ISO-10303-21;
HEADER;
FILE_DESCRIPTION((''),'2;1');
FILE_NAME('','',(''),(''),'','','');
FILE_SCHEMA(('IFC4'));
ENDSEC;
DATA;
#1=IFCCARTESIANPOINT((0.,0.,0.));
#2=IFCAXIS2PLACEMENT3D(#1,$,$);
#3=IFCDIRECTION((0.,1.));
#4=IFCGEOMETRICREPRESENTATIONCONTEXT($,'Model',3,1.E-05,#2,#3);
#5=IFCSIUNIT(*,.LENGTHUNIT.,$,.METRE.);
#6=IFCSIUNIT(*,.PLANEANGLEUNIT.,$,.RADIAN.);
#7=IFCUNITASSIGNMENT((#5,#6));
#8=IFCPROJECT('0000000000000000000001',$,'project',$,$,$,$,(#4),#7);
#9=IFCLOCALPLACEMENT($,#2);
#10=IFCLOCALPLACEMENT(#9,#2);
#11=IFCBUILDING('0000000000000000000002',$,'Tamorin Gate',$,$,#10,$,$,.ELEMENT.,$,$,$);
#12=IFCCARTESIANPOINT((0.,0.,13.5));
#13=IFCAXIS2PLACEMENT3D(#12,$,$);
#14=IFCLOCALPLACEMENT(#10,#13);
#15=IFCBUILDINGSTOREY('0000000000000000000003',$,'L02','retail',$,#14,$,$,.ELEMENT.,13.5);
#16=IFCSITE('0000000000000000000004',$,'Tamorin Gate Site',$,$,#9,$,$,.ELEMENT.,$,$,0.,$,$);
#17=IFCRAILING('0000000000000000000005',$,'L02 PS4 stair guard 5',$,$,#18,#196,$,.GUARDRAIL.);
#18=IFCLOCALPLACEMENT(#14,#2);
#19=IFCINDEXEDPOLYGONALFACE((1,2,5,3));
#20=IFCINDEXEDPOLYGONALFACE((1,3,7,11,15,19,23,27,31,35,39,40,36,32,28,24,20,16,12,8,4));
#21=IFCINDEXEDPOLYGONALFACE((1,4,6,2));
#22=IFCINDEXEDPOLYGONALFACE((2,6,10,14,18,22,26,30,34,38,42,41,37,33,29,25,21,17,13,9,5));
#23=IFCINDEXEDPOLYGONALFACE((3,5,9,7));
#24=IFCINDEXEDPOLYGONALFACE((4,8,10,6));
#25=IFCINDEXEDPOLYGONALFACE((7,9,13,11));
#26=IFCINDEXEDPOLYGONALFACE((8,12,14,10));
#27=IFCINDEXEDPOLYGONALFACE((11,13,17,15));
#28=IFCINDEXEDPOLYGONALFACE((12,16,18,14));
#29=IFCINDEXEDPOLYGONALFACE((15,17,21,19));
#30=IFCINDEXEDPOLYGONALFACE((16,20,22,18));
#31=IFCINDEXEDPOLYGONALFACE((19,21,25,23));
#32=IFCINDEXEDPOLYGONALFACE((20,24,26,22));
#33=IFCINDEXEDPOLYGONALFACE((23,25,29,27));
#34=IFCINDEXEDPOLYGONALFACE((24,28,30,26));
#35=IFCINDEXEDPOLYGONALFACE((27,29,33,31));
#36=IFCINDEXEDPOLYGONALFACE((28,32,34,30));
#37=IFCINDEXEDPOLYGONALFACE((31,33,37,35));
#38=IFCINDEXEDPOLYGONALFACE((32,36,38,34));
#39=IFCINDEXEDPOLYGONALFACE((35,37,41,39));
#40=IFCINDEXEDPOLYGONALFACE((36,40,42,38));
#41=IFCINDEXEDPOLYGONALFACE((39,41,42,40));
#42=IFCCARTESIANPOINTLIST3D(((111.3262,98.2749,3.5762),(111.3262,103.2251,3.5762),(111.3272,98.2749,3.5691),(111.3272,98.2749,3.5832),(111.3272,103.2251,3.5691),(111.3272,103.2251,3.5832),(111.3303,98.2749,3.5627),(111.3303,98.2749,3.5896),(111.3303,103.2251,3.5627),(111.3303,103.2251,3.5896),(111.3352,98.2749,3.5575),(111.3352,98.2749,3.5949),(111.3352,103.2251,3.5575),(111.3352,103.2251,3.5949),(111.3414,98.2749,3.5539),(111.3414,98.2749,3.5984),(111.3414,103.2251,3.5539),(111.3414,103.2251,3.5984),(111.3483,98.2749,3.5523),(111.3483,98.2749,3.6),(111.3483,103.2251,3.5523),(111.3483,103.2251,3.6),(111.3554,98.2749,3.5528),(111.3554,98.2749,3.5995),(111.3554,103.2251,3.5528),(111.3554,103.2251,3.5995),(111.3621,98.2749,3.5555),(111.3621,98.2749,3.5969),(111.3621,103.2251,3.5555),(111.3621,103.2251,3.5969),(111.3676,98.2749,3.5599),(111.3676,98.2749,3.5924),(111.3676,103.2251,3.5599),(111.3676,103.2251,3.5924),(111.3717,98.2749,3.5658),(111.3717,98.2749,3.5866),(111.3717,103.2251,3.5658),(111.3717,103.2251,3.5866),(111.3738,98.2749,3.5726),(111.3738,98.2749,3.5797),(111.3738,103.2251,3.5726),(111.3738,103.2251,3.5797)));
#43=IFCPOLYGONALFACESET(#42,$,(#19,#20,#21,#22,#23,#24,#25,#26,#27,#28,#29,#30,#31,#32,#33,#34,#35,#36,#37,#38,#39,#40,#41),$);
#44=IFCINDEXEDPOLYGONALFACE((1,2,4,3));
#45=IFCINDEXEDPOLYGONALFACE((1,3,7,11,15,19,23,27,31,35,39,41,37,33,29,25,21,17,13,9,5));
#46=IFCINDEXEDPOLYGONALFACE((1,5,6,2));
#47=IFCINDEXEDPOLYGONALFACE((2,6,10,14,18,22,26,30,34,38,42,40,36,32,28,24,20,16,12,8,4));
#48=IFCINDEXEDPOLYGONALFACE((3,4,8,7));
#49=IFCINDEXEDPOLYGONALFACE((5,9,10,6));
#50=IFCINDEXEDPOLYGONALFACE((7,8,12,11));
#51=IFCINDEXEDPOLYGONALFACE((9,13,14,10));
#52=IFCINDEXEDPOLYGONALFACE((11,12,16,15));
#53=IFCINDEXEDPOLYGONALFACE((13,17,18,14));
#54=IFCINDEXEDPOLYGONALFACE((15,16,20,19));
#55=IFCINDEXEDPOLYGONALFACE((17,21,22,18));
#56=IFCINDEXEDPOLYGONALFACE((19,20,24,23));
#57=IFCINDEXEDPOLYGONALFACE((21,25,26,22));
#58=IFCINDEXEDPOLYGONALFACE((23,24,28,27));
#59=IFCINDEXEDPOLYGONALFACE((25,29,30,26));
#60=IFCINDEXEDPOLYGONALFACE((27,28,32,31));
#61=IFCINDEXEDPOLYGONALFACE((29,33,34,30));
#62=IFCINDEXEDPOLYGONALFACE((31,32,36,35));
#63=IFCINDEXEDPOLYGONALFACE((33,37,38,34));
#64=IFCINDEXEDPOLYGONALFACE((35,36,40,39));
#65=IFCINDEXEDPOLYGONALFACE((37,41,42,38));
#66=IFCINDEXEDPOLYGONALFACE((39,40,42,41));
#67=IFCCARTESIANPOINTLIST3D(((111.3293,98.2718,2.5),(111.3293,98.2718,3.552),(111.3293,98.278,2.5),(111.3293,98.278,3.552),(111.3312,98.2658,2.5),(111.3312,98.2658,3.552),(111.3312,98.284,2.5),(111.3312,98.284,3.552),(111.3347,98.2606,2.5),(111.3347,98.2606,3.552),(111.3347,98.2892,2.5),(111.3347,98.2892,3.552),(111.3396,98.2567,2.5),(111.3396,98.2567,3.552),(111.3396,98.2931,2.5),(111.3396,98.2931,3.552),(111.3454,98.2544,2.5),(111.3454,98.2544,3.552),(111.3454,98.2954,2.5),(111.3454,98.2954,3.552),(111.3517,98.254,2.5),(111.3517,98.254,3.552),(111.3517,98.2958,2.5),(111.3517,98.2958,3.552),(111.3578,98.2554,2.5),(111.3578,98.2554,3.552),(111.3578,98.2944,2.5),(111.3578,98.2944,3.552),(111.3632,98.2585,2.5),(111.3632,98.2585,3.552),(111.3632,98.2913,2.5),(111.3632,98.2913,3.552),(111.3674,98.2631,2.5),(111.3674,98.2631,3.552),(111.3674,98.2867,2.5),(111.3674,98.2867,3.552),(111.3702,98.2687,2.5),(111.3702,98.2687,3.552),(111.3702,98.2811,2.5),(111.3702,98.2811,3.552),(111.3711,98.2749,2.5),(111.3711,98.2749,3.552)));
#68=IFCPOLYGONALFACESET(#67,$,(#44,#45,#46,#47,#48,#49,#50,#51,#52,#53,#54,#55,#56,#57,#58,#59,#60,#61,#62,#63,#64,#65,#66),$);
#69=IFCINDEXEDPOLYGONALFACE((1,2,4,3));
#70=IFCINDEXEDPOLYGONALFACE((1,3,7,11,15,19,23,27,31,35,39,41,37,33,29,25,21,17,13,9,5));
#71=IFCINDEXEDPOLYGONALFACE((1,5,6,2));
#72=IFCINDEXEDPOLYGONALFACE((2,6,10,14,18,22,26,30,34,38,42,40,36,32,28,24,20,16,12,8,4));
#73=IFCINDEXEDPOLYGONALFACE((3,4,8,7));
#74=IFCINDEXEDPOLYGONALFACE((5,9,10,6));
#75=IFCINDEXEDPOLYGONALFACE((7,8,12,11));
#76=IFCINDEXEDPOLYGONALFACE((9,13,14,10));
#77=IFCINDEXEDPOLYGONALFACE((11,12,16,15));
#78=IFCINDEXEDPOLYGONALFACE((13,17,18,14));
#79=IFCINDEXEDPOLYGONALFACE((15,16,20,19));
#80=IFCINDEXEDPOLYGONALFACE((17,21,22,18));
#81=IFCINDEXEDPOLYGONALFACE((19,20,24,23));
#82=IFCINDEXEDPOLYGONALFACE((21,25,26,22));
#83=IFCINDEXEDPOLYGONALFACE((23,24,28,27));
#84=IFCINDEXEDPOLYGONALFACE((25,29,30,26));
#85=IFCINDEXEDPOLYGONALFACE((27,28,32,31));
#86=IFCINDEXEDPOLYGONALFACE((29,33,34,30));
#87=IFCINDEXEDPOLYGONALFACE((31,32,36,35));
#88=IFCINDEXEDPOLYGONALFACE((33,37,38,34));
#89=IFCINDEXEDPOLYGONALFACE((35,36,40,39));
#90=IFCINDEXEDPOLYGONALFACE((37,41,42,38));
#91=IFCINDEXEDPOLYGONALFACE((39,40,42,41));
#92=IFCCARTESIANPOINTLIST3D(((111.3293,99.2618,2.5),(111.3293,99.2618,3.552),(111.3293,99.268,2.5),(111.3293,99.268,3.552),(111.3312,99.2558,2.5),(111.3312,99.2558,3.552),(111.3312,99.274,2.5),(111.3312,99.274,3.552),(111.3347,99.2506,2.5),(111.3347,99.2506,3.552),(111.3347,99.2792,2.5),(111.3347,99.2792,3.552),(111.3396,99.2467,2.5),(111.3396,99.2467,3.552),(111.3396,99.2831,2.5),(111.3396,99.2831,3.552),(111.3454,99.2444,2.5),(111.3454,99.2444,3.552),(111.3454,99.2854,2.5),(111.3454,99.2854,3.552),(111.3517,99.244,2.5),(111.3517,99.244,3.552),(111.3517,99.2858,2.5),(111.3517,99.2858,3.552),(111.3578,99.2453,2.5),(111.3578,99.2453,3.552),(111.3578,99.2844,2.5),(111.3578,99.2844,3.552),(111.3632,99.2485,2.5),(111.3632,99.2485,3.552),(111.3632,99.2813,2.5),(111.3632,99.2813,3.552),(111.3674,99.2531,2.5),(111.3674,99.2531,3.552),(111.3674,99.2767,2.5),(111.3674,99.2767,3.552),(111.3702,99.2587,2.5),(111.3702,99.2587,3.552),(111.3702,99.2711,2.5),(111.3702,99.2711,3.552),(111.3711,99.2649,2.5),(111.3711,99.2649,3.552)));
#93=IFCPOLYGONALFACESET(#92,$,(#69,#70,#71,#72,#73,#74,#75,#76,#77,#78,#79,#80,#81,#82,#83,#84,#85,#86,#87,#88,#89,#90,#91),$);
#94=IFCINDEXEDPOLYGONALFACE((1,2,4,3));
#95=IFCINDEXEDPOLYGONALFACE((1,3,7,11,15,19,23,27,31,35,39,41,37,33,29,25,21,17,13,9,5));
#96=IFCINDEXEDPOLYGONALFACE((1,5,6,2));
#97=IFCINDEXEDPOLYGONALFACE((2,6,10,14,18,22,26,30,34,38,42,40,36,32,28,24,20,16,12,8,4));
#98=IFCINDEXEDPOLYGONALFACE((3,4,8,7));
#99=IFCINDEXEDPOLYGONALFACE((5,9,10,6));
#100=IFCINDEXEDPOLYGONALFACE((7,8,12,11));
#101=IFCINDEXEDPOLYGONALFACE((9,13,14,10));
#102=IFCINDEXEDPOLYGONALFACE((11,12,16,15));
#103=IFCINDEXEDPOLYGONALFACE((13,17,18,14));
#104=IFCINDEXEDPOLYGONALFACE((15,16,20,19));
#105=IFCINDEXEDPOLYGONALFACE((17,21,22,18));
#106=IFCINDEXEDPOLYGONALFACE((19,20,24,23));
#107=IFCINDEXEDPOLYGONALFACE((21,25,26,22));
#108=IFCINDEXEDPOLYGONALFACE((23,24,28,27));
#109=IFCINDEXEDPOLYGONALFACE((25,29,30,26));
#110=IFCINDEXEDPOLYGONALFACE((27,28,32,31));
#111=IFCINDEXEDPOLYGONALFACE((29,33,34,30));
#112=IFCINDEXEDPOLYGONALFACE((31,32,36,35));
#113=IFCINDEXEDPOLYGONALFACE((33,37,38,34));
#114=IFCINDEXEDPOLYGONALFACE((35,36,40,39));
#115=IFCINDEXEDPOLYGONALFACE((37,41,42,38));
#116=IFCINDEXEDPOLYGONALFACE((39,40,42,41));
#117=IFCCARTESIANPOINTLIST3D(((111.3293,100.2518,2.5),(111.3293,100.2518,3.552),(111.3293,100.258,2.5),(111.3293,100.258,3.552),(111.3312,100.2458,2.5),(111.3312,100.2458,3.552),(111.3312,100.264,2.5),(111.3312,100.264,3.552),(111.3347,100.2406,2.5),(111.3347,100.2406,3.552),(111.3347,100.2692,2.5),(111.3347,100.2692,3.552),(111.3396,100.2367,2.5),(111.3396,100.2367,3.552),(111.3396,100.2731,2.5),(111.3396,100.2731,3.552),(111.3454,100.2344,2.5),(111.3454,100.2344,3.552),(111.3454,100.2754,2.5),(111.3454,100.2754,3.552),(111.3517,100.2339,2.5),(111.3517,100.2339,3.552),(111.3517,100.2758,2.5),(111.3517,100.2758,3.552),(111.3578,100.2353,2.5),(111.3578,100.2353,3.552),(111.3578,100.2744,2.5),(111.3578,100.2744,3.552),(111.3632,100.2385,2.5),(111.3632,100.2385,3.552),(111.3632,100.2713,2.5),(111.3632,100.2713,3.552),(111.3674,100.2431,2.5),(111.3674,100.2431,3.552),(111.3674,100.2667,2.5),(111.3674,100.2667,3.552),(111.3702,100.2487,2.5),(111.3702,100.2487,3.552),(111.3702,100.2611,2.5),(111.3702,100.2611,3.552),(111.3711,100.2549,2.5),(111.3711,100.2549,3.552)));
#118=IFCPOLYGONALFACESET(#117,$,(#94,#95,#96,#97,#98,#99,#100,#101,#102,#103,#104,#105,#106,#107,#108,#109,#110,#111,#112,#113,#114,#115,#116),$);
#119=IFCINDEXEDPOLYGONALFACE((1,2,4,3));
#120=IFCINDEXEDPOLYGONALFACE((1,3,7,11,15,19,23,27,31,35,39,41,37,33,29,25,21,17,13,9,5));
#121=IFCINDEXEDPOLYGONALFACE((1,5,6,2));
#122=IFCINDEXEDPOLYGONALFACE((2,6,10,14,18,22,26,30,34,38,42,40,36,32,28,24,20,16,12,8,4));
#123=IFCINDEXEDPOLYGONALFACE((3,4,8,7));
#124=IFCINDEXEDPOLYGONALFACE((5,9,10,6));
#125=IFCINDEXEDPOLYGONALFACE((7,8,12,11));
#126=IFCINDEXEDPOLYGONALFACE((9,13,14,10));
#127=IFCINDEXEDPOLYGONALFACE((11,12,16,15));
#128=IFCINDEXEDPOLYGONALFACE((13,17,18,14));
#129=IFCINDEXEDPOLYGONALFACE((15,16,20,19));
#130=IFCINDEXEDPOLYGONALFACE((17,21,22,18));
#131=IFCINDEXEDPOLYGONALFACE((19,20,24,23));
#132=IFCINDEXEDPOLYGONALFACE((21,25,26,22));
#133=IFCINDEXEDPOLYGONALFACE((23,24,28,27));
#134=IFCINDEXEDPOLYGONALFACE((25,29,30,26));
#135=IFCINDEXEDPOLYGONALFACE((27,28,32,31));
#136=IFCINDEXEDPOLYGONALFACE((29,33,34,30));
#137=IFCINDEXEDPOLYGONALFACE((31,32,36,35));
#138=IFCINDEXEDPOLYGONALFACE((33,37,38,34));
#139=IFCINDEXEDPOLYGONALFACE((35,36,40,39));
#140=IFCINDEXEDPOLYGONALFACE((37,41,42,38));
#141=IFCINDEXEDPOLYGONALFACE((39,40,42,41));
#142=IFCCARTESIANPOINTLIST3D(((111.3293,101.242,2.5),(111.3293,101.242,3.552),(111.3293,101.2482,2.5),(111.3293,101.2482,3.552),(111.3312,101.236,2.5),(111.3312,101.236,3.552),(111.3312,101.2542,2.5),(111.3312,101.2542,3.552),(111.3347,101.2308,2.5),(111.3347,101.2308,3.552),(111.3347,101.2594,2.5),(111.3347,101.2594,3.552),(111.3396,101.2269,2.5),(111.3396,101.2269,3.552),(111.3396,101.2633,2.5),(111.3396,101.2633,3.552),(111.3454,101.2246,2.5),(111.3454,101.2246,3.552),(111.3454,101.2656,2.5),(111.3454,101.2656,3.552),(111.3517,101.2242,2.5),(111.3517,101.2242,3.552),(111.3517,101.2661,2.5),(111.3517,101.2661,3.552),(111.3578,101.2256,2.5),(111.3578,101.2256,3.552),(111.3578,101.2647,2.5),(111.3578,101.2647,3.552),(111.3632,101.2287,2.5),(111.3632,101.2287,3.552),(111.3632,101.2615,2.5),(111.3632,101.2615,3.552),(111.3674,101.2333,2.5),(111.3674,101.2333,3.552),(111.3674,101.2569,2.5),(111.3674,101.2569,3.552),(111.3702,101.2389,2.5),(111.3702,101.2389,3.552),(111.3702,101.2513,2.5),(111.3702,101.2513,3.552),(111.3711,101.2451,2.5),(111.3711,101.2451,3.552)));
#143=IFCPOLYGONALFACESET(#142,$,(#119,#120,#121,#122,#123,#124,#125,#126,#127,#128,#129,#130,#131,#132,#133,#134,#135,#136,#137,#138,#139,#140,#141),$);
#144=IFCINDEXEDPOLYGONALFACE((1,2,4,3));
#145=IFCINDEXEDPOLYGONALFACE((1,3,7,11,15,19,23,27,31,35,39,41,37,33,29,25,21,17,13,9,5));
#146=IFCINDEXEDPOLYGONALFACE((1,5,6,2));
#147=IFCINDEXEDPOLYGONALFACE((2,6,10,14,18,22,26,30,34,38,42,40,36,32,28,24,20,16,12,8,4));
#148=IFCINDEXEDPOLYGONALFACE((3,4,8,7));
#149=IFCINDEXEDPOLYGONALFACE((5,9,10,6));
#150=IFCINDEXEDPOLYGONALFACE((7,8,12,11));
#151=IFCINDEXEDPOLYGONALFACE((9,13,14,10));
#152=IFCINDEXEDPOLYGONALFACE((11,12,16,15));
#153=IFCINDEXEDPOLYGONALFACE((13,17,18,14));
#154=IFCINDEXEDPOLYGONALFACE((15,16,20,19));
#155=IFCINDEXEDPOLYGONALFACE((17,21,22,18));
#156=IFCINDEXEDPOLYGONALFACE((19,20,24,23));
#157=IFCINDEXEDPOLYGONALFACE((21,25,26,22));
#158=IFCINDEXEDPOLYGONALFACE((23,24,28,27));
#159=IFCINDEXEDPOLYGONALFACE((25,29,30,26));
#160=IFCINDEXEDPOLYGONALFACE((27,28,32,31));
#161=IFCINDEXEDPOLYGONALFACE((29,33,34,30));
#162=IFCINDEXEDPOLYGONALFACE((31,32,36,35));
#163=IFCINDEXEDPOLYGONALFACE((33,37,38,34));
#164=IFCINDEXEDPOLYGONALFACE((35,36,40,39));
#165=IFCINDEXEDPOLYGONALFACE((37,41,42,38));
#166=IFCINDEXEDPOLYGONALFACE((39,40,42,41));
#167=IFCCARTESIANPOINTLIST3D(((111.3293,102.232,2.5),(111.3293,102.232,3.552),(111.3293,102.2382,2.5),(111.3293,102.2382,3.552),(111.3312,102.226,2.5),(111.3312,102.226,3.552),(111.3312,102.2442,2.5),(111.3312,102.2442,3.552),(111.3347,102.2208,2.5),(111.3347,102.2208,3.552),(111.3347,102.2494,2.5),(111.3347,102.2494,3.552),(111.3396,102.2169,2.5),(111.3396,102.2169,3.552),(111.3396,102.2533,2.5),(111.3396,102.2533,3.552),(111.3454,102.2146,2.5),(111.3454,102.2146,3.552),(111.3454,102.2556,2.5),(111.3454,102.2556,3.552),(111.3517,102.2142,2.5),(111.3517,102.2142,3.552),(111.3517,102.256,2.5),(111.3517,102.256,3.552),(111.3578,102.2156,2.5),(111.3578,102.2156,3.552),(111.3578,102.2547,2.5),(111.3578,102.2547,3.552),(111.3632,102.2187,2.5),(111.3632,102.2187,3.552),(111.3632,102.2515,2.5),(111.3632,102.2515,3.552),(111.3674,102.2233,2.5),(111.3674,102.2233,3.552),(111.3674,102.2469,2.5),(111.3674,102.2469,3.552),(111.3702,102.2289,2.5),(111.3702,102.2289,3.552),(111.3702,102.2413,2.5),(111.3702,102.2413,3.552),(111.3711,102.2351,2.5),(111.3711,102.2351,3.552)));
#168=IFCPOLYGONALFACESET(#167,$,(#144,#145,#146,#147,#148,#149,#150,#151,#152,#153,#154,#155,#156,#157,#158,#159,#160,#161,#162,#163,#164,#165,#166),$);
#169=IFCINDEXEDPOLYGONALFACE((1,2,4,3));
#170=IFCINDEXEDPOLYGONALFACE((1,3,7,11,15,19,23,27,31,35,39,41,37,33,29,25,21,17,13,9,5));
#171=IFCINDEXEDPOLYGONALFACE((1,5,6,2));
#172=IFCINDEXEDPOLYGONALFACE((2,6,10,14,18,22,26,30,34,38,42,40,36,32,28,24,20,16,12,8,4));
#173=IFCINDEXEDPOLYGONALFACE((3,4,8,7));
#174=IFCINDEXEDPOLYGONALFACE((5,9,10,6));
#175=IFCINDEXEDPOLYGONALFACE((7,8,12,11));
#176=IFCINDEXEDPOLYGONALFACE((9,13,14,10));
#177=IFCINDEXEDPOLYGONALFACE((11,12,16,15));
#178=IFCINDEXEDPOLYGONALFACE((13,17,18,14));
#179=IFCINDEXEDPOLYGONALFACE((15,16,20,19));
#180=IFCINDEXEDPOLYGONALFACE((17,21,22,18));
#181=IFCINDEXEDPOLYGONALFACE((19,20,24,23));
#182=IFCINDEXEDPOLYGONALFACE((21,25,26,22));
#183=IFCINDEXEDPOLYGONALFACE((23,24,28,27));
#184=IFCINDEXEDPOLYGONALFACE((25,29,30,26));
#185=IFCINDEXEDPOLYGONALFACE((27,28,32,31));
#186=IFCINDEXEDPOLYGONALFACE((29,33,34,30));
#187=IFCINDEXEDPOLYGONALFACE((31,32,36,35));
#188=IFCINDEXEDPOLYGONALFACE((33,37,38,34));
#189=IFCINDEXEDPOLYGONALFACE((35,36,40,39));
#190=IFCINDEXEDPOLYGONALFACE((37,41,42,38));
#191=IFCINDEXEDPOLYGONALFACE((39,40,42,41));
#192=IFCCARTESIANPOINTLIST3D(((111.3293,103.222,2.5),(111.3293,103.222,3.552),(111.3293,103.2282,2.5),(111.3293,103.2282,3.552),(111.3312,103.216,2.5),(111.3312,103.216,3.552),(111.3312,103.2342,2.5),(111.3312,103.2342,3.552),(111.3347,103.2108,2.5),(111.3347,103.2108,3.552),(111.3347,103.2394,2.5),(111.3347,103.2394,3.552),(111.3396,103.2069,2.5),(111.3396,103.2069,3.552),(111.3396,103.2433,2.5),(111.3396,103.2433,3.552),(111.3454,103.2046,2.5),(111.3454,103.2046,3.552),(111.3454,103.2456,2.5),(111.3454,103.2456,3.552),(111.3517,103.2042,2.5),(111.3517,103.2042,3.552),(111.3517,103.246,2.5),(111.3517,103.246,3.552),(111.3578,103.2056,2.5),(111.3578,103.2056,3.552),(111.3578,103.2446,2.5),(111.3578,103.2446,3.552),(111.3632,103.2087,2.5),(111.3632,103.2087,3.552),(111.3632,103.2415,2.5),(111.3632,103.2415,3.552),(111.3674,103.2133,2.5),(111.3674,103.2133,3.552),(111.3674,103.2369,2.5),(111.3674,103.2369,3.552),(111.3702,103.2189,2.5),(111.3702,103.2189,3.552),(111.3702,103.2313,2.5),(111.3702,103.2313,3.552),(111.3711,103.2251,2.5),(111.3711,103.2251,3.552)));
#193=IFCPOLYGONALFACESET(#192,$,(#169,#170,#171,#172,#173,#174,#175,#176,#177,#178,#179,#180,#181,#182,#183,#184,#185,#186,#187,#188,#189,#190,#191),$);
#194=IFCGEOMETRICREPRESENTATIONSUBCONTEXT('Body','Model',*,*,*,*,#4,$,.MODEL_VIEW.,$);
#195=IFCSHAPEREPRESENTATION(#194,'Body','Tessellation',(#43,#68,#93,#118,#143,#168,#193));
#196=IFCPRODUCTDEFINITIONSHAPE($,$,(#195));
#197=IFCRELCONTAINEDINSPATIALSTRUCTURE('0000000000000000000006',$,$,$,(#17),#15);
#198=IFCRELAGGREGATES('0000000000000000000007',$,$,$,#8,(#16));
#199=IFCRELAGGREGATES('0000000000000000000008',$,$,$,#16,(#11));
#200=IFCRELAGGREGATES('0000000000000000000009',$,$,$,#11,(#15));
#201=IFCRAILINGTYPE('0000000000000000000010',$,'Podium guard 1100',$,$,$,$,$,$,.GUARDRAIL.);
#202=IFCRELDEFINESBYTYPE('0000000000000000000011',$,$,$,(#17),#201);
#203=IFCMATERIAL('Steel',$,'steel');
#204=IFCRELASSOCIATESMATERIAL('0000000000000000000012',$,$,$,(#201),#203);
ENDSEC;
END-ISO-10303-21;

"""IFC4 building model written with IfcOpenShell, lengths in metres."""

from ifc_helpers import new_model, si_unit, direction, frame, origin, origin_2d, place, context, subcontext, project, spatial, circle, extrude, material, type_object, element, save


model = new_model("IFC4")

# Units and contexts
model_context = context("Model", 3, precision=1e-05, world=origin(), true_north=direction((0.0, 1.0)))
body_context = subcontext(model_context, "Body", "Model", "MODEL_VIEW")
ifc_project = project(units=[si_unit("LENGTHUNIT", "METRE"), si_unit("PLANEANGLEUNIT", "RADIAN")], contexts=[model_context])

# Site, building, storey
site_placement = place(None, origin())
site = spatial("IfcSite", under=ifc_project, at=site_placement, Name="Tamorin Gate Site", CompositionType="ELEMENT", RefElevation=0.0)
building_placement = place(site_placement, origin())
building = spatial("IfcBuilding", under=site, at=building_placement, Name="Tamorin Gate", CompositionType="ELEMENT")
storey_placement = place(building_placement, frame((0.0, 0.0, 13.5)))
storey = spatial("IfcBuildingStorey", under=building, at=storey_placement, Name="L02", Description="retail", CompositionType="ELEMENT", Elevation=13.5)

# Railing
ifc_material_1 = material(Name="Steel", Category="steel")
railing_type_1 = type_object("IfcRailingType", Name="Podium guard 1100", PredefinedType="GUARDRAIL", material=ifc_material_1)
railing_1_placement = place(storey_placement, frame((111.3501, 98.2749, 2.5)))
element("IfcRailing", 1, at=railing_1_placement, inside=storey, type_object=railing_type_1, Name="L02 PS4 stair guard 5", PredefinedType="GUARDRAIL", context=body_context, shape_type="SweptSolid", body=[
    extrude(circle(Radius=0.0239, at=origin_2d()), frame((0.0, 0.0, 1.0762), z_axis=(0.0, 1.0, 0.0), x_axis=(-1.0, 0.0, 0.0)), (0.0, 0.0, 1.0), 4.9502),
    extrude(circle(Radius=0.021, at=origin_2d()), origin(), (0.0, 0.0, 1.0), 1.052),
    extrude(circle(Radius=0.021, at=origin_2d()), frame((0.0, 0.99, 0.0)), (0.0, 0.0, 1.0), 1.052),
    extrude(circle(Radius=0.021, at=origin_2d()), frame((0.0, 1.98, 0.0)), (0.0, 0.0, 1.0), 1.052),
    extrude(circle(Radius=0.021, at=origin_2d()), frame((0.0, 2.9702, 0.0)), (0.0, 0.0, 1.0), 1.052),
    extrude(circle(Radius=0.021, at=origin_2d()), frame((0.0, 3.9602, 0.0)), (0.0, 0.0, 1.0), 1.052),
    extrude(circle(Radius=0.021, at=origin_2d()), frame((0.0, 4.9502, 0.0)), (0.0, 0.0, 1.0), 1.052),
])

save(model, "model.ifc")
